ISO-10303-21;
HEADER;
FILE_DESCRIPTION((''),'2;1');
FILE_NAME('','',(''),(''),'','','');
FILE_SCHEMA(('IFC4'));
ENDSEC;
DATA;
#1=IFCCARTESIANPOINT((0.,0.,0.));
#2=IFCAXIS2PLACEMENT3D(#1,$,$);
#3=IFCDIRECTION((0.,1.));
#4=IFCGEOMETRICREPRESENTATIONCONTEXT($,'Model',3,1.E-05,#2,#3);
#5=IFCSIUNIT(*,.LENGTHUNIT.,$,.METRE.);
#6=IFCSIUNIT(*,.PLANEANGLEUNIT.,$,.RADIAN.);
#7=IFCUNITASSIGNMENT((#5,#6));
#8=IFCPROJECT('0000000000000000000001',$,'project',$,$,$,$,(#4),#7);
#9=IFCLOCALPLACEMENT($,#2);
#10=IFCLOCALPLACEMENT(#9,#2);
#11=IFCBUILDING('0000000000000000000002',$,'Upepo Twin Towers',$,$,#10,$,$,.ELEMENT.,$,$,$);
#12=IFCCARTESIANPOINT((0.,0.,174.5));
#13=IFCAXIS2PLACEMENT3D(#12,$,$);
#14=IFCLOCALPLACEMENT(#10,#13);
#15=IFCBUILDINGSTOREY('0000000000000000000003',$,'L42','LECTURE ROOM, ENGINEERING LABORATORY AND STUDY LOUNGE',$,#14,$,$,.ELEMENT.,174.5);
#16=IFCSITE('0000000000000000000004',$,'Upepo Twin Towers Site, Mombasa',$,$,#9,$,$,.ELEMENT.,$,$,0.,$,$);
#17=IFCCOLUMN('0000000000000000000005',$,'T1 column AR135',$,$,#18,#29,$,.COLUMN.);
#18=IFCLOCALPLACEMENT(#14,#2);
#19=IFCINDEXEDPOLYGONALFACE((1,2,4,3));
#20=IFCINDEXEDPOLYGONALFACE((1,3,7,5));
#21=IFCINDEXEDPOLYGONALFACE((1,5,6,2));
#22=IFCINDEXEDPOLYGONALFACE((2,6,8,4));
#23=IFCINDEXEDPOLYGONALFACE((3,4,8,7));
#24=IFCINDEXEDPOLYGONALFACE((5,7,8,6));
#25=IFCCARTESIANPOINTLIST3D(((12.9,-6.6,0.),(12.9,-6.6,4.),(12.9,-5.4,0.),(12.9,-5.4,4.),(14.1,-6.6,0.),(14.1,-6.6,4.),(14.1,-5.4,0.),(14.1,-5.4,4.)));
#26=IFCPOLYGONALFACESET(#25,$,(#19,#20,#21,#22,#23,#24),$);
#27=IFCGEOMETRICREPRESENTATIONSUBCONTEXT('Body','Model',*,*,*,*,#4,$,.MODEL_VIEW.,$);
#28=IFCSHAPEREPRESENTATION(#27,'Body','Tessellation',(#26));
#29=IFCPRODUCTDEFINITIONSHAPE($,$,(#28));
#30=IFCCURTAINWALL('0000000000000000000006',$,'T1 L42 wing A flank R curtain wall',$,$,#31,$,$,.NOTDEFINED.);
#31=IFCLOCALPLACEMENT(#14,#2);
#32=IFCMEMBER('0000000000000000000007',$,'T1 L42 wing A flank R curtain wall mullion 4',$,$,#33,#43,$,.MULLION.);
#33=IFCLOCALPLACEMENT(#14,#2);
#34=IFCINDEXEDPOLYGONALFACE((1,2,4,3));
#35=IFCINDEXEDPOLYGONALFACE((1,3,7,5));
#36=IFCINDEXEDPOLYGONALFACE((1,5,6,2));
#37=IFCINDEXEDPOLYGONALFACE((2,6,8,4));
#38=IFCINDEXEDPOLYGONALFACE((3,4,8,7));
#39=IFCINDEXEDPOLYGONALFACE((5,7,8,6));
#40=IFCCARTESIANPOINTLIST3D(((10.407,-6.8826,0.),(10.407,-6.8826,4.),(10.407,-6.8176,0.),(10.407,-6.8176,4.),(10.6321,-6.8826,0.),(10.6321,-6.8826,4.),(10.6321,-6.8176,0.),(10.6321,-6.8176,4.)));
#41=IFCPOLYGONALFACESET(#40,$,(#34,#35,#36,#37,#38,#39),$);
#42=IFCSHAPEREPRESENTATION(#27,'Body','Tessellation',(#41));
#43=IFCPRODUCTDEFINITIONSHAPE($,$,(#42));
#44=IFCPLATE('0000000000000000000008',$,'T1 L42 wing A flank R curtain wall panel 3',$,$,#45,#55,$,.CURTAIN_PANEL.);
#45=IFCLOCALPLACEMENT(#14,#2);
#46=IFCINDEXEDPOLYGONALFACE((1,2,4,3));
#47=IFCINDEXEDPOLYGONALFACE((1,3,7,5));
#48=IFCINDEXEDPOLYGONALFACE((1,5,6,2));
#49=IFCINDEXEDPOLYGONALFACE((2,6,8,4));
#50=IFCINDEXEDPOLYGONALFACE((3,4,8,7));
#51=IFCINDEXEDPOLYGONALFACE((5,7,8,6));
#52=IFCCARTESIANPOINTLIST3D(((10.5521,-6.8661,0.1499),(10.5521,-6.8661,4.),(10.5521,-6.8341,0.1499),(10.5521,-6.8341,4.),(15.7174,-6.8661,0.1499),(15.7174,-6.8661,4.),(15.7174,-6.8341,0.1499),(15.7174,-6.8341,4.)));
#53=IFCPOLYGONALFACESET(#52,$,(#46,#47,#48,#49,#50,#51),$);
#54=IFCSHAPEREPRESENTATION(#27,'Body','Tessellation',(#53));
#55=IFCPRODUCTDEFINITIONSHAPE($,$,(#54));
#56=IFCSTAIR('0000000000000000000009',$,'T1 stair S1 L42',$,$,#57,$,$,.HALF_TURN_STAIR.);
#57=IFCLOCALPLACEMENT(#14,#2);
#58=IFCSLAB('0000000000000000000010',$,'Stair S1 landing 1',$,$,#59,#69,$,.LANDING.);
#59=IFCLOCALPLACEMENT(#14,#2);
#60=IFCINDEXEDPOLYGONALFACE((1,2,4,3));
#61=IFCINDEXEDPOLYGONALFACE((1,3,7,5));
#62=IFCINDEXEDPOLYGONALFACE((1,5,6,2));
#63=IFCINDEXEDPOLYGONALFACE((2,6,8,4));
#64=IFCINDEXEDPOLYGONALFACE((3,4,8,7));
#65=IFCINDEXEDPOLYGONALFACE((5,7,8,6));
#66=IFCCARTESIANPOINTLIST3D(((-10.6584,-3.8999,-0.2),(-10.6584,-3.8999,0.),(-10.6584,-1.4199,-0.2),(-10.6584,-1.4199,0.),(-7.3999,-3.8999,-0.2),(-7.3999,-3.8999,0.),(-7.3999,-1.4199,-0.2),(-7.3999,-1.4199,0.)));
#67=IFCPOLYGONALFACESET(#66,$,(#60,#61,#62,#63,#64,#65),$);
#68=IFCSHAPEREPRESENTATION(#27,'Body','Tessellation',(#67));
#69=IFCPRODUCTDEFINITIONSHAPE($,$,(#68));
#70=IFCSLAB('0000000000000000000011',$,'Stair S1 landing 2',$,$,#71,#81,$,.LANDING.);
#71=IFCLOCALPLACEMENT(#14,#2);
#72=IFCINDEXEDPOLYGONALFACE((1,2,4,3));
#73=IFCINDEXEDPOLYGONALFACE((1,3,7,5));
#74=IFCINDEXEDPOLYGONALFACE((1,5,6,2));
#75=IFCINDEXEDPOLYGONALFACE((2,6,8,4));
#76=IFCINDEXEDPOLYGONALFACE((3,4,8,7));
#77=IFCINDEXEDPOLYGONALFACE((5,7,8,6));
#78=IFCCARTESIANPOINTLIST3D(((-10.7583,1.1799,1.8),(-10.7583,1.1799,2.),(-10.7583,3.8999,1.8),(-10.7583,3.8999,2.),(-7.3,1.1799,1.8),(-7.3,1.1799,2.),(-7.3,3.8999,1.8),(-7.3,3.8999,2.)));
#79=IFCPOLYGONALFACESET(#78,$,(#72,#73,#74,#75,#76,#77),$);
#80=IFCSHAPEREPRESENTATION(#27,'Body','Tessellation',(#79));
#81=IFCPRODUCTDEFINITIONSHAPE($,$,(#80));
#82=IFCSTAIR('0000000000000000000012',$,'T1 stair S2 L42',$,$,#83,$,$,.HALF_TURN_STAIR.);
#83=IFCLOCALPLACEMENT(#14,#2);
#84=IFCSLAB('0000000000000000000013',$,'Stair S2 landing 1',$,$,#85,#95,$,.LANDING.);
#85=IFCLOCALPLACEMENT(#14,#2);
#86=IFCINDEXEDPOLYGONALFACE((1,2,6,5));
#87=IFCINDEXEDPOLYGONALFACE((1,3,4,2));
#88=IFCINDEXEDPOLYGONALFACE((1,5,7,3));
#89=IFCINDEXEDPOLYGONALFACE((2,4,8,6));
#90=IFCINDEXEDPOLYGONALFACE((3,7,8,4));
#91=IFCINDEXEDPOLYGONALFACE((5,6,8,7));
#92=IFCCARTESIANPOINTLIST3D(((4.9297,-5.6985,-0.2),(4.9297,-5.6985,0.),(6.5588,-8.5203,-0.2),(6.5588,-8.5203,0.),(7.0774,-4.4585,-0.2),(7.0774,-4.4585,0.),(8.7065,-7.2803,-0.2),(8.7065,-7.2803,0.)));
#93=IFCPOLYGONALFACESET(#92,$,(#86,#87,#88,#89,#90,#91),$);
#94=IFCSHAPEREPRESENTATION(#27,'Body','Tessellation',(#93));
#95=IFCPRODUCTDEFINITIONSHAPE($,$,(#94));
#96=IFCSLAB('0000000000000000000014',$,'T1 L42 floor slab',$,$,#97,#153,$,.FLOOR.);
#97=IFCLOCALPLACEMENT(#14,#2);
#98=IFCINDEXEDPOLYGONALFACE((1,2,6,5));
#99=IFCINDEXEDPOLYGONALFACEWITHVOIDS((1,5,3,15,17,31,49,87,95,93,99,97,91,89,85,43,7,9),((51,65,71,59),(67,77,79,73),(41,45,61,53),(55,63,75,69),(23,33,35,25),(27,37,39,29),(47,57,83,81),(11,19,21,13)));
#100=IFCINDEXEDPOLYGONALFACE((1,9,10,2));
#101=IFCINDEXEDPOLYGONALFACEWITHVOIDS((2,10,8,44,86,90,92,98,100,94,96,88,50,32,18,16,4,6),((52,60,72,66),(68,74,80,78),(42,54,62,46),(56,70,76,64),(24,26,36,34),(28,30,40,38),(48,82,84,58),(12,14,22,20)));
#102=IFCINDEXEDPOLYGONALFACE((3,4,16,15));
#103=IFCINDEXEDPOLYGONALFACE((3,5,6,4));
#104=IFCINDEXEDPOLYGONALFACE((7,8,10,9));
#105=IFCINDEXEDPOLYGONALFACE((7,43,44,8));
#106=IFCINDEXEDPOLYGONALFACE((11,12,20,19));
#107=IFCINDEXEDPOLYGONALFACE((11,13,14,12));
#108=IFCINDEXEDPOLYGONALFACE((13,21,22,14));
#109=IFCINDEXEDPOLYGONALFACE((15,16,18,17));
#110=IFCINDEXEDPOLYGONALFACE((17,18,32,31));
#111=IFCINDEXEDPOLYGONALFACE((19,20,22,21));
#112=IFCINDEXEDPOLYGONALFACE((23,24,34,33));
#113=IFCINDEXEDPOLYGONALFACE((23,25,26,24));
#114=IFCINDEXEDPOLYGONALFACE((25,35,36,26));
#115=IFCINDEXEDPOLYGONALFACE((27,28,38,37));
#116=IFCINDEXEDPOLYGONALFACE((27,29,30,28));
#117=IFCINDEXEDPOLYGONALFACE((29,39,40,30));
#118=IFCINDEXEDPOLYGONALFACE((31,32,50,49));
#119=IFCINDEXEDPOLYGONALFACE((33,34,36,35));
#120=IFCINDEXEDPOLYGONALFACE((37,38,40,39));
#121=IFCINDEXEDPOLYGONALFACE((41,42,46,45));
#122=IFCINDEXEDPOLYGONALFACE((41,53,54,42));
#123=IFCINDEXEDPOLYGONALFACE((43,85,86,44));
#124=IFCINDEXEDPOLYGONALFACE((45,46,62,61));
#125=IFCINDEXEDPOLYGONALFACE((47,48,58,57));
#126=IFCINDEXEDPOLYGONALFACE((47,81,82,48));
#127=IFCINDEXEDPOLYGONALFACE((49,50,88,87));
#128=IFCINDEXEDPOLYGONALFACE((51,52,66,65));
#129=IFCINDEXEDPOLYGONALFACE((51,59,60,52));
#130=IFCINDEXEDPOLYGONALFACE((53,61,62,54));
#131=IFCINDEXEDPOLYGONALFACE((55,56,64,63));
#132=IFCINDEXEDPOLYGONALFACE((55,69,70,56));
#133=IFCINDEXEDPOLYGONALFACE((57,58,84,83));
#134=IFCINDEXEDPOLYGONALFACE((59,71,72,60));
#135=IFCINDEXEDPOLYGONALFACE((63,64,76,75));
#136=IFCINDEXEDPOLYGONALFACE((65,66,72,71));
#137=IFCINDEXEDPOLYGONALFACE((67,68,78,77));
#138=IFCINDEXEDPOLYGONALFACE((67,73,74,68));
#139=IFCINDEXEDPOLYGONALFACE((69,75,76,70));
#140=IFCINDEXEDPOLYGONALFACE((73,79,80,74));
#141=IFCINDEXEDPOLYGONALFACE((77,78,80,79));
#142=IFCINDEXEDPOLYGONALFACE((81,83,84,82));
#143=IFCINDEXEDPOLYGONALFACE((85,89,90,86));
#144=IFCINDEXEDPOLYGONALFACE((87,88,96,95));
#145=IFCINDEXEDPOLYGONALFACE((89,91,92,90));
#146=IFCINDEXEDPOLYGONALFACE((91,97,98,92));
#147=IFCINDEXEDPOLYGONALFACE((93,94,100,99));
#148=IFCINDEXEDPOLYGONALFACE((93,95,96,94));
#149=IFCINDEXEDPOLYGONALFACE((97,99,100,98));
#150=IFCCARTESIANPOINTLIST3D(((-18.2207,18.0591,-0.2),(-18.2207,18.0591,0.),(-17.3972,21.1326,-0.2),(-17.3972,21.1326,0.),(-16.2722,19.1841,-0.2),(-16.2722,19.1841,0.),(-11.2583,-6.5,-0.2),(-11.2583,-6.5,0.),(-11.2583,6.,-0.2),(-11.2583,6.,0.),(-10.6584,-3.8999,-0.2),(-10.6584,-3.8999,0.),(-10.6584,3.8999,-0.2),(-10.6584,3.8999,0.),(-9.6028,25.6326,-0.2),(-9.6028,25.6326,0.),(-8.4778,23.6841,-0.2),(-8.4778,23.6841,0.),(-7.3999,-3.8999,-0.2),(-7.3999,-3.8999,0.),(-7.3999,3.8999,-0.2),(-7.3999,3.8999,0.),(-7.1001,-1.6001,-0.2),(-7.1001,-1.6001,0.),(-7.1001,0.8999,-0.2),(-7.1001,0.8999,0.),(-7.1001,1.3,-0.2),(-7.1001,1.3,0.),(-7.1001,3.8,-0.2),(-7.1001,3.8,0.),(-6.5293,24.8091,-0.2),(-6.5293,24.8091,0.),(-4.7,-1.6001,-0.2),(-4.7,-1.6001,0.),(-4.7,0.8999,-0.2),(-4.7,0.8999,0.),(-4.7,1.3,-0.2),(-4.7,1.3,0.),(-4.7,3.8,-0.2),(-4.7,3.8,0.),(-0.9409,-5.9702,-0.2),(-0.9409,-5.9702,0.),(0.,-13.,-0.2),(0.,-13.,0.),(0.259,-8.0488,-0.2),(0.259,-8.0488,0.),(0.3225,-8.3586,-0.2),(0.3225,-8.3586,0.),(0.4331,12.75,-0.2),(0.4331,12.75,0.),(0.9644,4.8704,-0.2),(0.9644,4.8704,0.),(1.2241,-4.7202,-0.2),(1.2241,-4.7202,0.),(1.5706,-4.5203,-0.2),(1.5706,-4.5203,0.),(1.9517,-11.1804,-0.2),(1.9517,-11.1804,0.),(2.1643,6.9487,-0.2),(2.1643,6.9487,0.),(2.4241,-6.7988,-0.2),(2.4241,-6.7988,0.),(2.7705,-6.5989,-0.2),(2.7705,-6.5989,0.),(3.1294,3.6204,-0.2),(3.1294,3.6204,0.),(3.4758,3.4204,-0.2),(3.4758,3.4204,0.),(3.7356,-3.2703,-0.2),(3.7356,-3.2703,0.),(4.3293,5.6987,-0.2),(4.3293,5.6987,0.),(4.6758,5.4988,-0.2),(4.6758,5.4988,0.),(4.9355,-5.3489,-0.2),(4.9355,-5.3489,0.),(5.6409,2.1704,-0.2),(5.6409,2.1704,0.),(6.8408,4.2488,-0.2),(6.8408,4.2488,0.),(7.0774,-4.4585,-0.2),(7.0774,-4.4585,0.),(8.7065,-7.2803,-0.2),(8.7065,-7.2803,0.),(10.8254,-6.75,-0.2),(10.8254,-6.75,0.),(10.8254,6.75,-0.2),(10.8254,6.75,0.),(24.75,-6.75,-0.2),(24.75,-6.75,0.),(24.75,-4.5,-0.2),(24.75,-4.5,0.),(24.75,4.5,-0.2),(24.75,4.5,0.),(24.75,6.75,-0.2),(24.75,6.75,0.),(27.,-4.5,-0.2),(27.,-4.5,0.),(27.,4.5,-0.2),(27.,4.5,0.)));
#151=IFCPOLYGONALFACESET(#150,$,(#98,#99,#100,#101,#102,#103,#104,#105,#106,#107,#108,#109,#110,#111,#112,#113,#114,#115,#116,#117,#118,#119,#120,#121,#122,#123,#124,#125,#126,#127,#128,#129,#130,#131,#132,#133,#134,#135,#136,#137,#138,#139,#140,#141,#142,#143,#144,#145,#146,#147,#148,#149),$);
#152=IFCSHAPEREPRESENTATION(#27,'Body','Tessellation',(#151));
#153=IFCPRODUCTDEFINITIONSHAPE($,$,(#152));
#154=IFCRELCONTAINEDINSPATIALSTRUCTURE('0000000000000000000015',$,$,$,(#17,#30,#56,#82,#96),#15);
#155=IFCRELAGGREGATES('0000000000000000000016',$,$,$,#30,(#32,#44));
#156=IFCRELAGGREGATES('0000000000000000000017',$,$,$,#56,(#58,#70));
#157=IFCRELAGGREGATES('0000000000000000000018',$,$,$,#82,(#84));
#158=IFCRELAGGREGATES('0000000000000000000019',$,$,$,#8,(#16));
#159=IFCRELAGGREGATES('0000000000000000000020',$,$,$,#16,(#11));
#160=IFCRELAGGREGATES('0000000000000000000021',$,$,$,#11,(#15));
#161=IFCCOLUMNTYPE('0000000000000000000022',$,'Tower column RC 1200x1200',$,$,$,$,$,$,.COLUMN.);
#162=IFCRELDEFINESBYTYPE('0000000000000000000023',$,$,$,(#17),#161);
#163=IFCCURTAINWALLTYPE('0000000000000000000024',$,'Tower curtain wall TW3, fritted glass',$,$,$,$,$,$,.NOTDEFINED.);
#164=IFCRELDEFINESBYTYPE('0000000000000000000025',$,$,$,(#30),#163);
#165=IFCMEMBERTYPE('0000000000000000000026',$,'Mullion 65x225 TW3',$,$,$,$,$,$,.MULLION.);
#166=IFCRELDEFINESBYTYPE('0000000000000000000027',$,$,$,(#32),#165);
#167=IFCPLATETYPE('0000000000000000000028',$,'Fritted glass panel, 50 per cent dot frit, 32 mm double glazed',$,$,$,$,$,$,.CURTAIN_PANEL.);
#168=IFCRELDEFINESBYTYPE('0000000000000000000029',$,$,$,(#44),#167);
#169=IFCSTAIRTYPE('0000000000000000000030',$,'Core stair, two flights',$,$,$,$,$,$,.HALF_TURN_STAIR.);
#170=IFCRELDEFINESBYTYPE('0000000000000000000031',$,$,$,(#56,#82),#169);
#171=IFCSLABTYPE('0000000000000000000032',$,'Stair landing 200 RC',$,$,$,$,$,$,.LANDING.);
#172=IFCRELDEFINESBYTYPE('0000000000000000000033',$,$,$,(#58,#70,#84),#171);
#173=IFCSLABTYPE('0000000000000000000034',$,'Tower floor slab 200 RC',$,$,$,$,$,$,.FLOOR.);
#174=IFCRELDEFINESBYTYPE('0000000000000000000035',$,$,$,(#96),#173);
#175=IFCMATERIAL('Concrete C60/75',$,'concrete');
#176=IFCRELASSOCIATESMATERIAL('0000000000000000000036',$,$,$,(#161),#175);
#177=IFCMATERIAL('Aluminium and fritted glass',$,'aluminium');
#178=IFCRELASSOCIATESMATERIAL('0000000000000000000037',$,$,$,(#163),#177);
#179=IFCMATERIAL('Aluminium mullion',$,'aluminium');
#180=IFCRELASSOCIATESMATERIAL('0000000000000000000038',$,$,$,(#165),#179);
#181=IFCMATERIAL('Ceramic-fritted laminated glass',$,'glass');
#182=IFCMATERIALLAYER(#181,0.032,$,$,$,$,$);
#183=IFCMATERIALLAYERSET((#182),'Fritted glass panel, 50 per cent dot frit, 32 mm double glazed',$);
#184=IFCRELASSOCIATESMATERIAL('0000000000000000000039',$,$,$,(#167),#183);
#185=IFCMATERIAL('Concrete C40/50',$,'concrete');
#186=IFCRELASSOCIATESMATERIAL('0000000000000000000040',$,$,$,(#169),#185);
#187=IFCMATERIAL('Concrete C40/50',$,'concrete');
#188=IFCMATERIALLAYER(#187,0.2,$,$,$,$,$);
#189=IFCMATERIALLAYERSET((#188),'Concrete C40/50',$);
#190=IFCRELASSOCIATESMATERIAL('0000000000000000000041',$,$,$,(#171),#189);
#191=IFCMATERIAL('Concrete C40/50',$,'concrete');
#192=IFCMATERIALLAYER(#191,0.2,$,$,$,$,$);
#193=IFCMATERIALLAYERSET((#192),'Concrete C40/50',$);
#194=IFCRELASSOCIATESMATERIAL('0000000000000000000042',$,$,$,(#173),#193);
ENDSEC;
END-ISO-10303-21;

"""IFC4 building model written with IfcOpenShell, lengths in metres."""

from ifc_helpers import new_model, si_unit, direction, frame, origin, origin_2d, place, context, subcontext, project, spatial, polyline, rectangle, outline, extrude, material, layer, layer_set, material_profile, profile_set, type_object, element, aggregate, save


model = new_model("IFC4")

# Units and contexts
model_context = context("Model", 3, precision=1e-05, world=origin(), true_north=direction((0.0, 1.0)))
body_context = subcontext(model_context, "Body", "Model", "MODEL_VIEW")
ifc_project = project(units=[si_unit("LENGTHUNIT", "METRE"), si_unit("PLANEANGLEUNIT", "RADIAN")], contexts=[model_context])

# Site, building, storey
site_placement = place(None, origin())
site = spatial("IfcSite", under=ifc_project, at=site_placement, Name="Upepo Twin Towers Site, Mombasa", CompositionType="ELEMENT", RefElevation=0.0)
building_placement = place(site_placement, origin())
building = spatial("IfcBuilding", under=site, at=building_placement, Name="Upepo Twin Towers", CompositionType="ELEMENT")
storey_placement = place(building_placement, frame((0.0, 0.0, 174.5)))
storey = spatial("IfcBuildingStorey", under=building, at=storey_placement, Name="L42", Description="LECTURE ROOM, ENGINEERING LABORATORY AND STUDY LOUNGE", CompositionType="ELEMENT", Elevation=174.5)

# Column
ifc_material_1 = material(Name="Concrete C60/75", Category="concrete")
ifc_material_profile_1 = material_profile(ifc_material_1, rectangle(XDim=1.2, YDim=1.2, at=origin_2d()), Name="RC 1200x1200")
ifc_profile_set_1 = profile_set([ifc_material_profile_1], Name="Concrete C60/75")
column_type = type_object("IfcColumnType", Name="Tower column RC 1200x1200", PredefinedType="COLUMN", material=ifc_profile_set_1)
column_placement = place(storey_placement, frame((13.5, -6.0, 0.0), z_axis=(0.0, 0.0, 1.0), x_axis=(1.0, 0.0, 0.0)))
element("IfcColumn", 1, at=column_placement, inside=storey, type_object=column_type, Name="T1 column AR135", PredefinedType="COLUMN", context=body_context, shape_type="SweptSolid", body=[
    extrude(rectangle(XDim=1.2, YDim=1.2, at=origin_2d()), origin(), (0.0, 0.0, 1.0), 4.0),
])

# Curtain wall, member, plate
ifc_material_2 = material(Name="Aluminium and fritted glass", Category="aluminium")
curtain_wall_type = type_object("IfcCurtainWallType", Name="Tower curtain wall TW3, fritted glass", PredefinedType="NOTDEFINED", material=ifc_material_2)
curtain_wall_placement = place(storey_placement, origin())
curtain_wall = element("IfcCurtainWall", 2, at=curtain_wall_placement, inside=storey, type_object=curtain_wall_type, Name="T1 L42 wing A flank R curtain wall", PredefinedType="NOTDEFINED")
ifc_material_3 = material(Name="Aluminium mullion", Category="aluminium")
ifc_material_profile_2 = material_profile(ifc_material_3, rectangle(XDim=0.0649, YDim=0.2251, at=origin_2d()), Name="MULLION 65x225")
ifc_profile_set_2 = profile_set([ifc_material_profile_2], Name="Aluminium mullion")
member_type = type_object("IfcMemberType", Name="Mullion 65x225 TW3", PredefinedType="MULLION", material=ifc_profile_set_2)
member_placement = place(storey_placement, frame((10.5195, -6.8501, 0.0), z_axis=(0.0, 0.0, 1.0), x_axis=(0.0, -1.0, 0.0)))
member = element("IfcMember", 3, at=member_placement, type_object=member_type, Name="T1 L42 wing A flank R curtain wall mullion 4", PredefinedType="MULLION", context=body_context, shape_type="SweptSolid", body=[
    extrude(rectangle(XDim=0.0649, YDim=0.2251, at=origin_2d()), origin(), (0.0, 0.0, 1.0), 4.0),
])
ifc_material_4 = material(Name="Ceramic-fritted laminated glass", Category="glass")
ifc_layer_1 = layer(ifc_material_4, 0.032)
ifc_layer_set_1 = layer_set([ifc_layer_1], Name="Fritted glass panel, 50 per cent dot frit, 32 mm double glazed")
plate_type = type_object("IfcPlateType", Name="Fritted glass panel, 50 per cent dot frit, 32 mm double glazed", PredefinedType="CURTAIN_PANEL", material=ifc_layer_set_1)
plate_placement = place(storey_placement, frame((13.1348, -6.8501, 0.1499), z_axis=(0.0, 0.0, 1.0), x_axis=(-1.0, 0.0, 0.0)))
plate = element("IfcPlate", 4, at=plate_placement, type_object=plate_type, Name="T1 L42 wing A flank R curtain wall panel 3", PredefinedType="CURTAIN_PANEL", context=body_context, shape_type="SweptSolid", body=[
    extrude(rectangle(XDim=5.1653, YDim=0.032, at=origin_2d()), origin(), (0.0, 0.0, 1.0), 3.8501),
])
aggregate(curtain_wall, [member, plate])

# Stair, slabs
ifc_material_5 = material(Name="Concrete C40/50", Category="concrete")
stair_type = type_object("IfcStairType", Name="Core stair, two flights", PredefinedType="HALF_TURN_STAIR", material=ifc_material_5)
stair_1_placement = place(storey_placement, origin())
stair_1 = element("IfcStair", 5, at=stair_1_placement, inside=storey, type_object=stair_type, Name="T1 stair S1 L42", PredefinedType="HALF_TURN_STAIR")
ifc_material_6 = material(Name="Concrete C40/50", Category="concrete")
ifc_layer_2 = layer(ifc_material_6, 0.2)
ifc_layer_set_2 = layer_set([ifc_layer_2], Name="Concrete C40/50")
slab_type_1 = type_object("IfcSlabType", Name="Stair landing 200 RC", PredefinedType="LANDING", material=ifc_layer_set_2)
slab_1_placement = place(storey_placement, frame((0.0, 0.0, -0.2)))
slab_1 = element("IfcSlab", 6, at=slab_1_placement, type_object=slab_type_1, Name="Stair S1 landing 1", PredefinedType="LANDING", context=body_context, shape_type="SweptSolid", body=[
    extrude(outline(polyline([(-7.3999, -1.4199), (-10.6584, -1.4199), (-10.6584, -3.8999), (-7.3999, -3.8999), (-7.3999, -1.4199)])), origin(), (0.0, 0.0, 1.0), 0.2),
])
slab_2_placement = place(storey_placement, frame((0.0, 0.0, 1.8)))
slab_2 = element("IfcSlab", 7, at=slab_2_placement, type_object=slab_type_1, Name="Stair S1 landing 2", PredefinedType="LANDING", context=body_context, shape_type="SweptSolid", body=[
    extrude(outline(polyline([(-7.3, 3.8999), (-10.7583, 3.8999), (-10.7583, 1.1799), (-7.3, 1.1799), (-7.3, 3.8999)])), origin(), (0.0, 0.0, 1.0), 0.2),
])
aggregate(stair_1, [slab_1, slab_2])

# Stair, slab
stair_2_placement = place(storey_placement, origin())
stair_2 = element("IfcStair", 8, at=stair_2_placement, inside=storey, type_object=stair_type, Name="T1 stair S2 L42", PredefinedType="HALF_TURN_STAIR")
slab_3_placement = place(storey_placement, frame((0.0, 0.0, -0.2)))
slab_3 = element("IfcSlab", 9, at=slab_3_placement, type_object=slab_type_1, Name="Stair S2 landing 1", PredefinedType="LANDING", context=body_context, shape_type="SweptSolid", body=[
    extrude(outline(polyline([(4.9297, -5.6985), (6.5588, -8.5203), (8.7065, -7.2803), (7.0774, -4.4585), (4.9297, -5.6985)])), origin(), (0.0, 0.0, 1.0), 0.2),
])

# Slab
ifc_material_7 = material(Name="Concrete C40/50", Category="concrete")
ifc_layer_3 = layer(ifc_material_7, 0.2)
ifc_layer_set_3 = layer_set([ifc_layer_3], Name="Concrete C40/50")
slab_type_2 = type_object("IfcSlabType", Name="Tower floor slab 200 RC", PredefinedType="FLOOR", material=ifc_layer_set_3)
slab_4_placement = place(storey_placement, frame((0.0, 0.0, -0.2)))
element("IfcSlab", 10, at=slab_4_placement, inside=storey, type_object=slab_type_2, Name="T1 L42 floor slab", PredefinedType="FLOOR", context=body_context, shape_type="SweptSolid", body=[
    extrude(outline(polyline([(10.8254, 6.75), (24.75, 6.75), (24.75, 4.5), (27.0, 4.5), (27.0, -4.5), (24.75, -4.5), (24.75, -6.75), (10.8254, -6.75), (0.0, -13.0), (-11.2583, -6.5), (-11.2583, 6.0), (-18.2207, 18.0591), (-16.2722, 19.1841), (-17.3972, 21.1326), (-9.6028, 25.6326), (-8.4778, 23.6841), (-6.5293, 24.8091), (0.4331, 12.75), (10.8254, 6.75)]), holes=[polyline([(5.6409, 2.1704), (6.8408, 4.2488), (4.6758, 5.4988), (3.4758, 3.4204), (5.6409, 2.1704)]), polyline([(3.1294, 3.6204), (4.3293, 5.6987), (2.1643, 6.9487), (0.9644, 4.8704), (3.1294, 3.6204)]), polyline([(-4.7, 3.8), (-7.1001, 3.8), (-7.1001, 1.3), (-4.7, 1.3), (-4.7, 3.8)]), polyline([(-4.7, 0.8999), (-7.1001, 0.8999), (-7.1001, -1.6001), (-4.7, -1.6001), (-4.7, 0.8999)]), polyline([(-7.3999, 3.8999), (-10.6584, 3.8999), (-10.6584, -3.8999), (-7.3999, -3.8999), (-7.3999, 3.8999)]), polyline([(-0.9409, -5.9702), (0.259, -8.0488), (2.4241, -6.7988), (1.2241, -4.7202), (-0.9409, -5.9702)]), polyline([(1.5706, -4.5203), (2.7705, -6.5989), (4.9355, -5.3489), (3.7356, -3.2703), (1.5706, -4.5203)]), polyline([(0.3225, -8.3586), (1.9517, -11.1804), (8.7065, -7.2803), (7.0774, -4.4585), (0.3225, -8.3586)])]), origin(), (0.0, 0.0, 1.0), 0.2),
])

aggregate(stair_2, [slab_3])

save(model, "model.ifc")
